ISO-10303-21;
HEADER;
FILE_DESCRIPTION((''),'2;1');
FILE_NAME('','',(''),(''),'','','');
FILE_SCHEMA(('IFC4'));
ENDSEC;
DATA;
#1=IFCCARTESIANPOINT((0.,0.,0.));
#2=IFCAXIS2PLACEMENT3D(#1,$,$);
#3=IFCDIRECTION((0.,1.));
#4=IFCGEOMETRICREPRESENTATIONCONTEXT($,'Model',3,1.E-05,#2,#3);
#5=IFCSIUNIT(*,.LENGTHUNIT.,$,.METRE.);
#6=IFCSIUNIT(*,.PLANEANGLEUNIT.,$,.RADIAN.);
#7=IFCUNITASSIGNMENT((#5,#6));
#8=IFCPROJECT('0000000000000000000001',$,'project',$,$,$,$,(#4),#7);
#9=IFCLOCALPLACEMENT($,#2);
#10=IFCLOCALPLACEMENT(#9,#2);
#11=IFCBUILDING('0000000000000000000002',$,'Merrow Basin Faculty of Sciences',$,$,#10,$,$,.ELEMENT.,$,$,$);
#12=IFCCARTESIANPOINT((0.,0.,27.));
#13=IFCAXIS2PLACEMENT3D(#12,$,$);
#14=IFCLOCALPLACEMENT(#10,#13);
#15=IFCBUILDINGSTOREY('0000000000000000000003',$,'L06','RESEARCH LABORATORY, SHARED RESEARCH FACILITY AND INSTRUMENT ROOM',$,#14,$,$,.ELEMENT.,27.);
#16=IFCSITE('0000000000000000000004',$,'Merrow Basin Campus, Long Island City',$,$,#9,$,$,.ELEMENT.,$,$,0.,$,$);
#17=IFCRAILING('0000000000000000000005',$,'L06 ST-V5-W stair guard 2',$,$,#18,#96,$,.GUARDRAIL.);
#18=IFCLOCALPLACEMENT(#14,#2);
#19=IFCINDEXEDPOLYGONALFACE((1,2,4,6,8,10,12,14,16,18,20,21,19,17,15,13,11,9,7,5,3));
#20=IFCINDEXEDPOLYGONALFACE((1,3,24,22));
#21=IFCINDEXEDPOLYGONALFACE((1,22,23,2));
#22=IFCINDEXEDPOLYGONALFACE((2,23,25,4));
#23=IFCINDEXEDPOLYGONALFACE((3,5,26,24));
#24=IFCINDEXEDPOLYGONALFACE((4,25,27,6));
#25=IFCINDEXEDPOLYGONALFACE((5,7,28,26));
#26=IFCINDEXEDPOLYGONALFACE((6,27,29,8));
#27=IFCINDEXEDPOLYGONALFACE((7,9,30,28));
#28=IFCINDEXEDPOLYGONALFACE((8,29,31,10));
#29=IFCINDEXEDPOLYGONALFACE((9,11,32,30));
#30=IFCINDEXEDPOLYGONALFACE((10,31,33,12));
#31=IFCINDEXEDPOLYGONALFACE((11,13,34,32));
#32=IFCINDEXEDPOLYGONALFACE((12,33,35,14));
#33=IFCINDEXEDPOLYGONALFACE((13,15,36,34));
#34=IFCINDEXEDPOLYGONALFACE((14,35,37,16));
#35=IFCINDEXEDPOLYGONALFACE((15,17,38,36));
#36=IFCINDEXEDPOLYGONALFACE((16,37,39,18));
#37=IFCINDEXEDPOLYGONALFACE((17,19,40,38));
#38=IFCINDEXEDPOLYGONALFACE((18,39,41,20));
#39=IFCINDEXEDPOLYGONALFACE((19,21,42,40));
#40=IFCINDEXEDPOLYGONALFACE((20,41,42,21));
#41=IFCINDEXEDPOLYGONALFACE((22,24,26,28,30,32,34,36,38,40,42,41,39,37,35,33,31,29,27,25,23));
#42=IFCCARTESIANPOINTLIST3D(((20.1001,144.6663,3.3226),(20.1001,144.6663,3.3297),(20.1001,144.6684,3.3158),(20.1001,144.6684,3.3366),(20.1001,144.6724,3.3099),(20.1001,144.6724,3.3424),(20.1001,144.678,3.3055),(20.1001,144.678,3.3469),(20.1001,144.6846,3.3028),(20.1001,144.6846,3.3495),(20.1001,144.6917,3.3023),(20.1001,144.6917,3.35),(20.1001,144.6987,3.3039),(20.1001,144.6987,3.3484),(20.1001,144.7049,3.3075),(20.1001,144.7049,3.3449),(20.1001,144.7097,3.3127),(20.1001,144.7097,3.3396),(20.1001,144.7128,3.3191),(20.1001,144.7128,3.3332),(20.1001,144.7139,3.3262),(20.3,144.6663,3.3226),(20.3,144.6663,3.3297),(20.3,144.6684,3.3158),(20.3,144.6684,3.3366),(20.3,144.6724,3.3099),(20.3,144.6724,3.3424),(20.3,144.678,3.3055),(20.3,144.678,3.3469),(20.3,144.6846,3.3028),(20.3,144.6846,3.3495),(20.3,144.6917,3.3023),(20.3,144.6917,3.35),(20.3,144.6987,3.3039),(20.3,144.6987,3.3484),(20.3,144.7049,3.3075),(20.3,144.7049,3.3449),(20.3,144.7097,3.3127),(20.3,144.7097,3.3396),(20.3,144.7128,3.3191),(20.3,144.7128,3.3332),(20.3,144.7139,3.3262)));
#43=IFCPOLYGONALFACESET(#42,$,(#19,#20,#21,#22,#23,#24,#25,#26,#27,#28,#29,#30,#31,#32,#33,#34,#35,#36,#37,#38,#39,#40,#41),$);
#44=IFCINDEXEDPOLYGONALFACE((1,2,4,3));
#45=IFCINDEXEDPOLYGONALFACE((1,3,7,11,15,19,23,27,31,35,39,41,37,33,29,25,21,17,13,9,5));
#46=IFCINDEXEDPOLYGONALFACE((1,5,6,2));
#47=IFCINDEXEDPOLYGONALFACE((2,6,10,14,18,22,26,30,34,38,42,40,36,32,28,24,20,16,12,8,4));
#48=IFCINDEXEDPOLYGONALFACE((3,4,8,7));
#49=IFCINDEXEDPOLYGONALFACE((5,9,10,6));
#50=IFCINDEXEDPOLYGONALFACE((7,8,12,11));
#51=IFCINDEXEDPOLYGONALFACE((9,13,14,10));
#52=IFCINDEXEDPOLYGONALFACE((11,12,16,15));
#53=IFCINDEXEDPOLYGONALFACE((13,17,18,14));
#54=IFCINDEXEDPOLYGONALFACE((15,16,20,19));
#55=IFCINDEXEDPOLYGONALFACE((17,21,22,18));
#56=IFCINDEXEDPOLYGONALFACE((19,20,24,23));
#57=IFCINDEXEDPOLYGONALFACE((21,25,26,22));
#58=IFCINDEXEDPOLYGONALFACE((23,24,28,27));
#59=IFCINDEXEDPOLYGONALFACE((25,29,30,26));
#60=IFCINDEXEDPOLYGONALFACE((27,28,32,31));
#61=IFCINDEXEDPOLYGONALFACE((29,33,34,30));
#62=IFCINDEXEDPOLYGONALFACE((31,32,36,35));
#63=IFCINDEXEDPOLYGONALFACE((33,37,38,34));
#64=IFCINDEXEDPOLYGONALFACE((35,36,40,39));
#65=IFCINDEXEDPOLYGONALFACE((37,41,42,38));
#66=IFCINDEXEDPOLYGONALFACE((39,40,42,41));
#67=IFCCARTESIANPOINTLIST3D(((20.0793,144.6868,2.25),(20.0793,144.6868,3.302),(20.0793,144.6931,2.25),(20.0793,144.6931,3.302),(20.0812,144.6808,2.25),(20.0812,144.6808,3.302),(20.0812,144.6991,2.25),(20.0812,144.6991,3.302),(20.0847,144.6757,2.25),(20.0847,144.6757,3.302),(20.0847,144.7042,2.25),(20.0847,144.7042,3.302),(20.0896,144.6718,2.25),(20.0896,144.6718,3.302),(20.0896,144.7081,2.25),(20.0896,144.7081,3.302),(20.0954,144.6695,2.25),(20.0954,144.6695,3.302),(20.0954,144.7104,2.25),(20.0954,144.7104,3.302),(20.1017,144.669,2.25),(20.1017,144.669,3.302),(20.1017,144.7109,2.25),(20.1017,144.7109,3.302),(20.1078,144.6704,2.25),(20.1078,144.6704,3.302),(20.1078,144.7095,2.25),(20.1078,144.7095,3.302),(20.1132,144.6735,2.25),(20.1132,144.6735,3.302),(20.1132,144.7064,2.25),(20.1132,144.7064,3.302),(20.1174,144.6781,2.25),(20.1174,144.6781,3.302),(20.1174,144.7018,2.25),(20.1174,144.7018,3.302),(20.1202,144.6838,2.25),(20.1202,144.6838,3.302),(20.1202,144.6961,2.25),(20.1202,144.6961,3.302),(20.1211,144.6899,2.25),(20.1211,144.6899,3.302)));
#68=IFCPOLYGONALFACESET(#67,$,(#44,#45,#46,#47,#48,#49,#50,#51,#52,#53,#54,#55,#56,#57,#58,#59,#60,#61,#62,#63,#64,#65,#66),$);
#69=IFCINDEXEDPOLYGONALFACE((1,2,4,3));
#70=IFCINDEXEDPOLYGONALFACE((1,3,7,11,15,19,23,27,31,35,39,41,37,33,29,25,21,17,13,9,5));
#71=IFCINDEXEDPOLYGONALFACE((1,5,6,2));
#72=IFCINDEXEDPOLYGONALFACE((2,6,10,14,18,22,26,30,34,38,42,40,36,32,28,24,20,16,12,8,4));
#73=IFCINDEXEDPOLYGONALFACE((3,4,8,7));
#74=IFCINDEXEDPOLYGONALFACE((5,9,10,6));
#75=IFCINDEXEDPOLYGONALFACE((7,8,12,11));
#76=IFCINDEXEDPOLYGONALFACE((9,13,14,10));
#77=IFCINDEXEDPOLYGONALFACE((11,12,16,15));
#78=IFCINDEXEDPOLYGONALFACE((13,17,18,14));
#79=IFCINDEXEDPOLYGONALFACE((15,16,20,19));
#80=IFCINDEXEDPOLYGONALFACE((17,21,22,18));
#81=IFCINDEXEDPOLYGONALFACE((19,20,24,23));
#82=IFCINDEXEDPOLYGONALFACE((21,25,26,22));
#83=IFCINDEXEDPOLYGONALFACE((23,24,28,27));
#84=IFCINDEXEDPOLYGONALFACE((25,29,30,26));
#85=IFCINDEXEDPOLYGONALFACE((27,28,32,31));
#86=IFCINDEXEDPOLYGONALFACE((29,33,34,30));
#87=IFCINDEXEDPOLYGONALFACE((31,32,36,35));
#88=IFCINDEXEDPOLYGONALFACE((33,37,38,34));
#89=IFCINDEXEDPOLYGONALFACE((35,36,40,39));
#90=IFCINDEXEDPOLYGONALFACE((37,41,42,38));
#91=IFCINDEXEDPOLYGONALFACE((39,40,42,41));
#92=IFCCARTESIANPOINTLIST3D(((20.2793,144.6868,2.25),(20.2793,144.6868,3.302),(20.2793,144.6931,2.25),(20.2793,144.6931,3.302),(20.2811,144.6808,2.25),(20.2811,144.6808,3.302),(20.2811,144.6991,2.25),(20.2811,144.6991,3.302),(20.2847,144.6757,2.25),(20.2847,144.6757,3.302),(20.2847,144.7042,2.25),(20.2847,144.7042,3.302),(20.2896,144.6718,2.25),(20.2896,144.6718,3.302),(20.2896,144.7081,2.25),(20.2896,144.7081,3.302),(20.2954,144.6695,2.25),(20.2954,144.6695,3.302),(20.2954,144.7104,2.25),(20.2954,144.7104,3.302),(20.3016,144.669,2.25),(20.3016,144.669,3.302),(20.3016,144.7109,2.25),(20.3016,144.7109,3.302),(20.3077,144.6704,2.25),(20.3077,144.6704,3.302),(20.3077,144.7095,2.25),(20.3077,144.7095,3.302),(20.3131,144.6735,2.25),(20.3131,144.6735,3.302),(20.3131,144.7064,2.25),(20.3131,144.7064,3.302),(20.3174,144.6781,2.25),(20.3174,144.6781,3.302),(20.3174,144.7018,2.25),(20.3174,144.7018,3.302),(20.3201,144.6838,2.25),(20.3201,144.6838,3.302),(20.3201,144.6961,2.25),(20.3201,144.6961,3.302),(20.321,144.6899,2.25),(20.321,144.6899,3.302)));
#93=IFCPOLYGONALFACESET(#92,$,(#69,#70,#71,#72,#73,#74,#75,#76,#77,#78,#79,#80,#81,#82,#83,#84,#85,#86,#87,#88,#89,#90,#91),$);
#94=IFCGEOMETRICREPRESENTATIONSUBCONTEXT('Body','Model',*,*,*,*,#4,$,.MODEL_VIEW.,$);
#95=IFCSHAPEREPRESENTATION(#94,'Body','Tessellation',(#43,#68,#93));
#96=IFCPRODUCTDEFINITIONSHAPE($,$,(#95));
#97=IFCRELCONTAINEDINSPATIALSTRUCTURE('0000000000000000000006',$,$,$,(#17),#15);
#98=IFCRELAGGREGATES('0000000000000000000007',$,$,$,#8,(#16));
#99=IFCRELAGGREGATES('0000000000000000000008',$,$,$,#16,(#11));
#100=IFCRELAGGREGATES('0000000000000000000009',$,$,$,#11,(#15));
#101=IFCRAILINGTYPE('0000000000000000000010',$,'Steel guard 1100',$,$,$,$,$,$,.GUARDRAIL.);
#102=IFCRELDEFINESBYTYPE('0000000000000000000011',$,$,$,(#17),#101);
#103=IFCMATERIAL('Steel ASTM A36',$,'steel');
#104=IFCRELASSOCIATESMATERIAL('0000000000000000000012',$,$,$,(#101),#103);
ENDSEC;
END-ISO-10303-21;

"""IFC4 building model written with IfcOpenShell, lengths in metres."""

from ifc_helpers import new_model, si_unit, direction, frame, origin, origin_2d, place, context, subcontext, project, spatial, circle, extrude, material, type_object, element, save


model = new_model("IFC4")

# Units and contexts
model_context = context("Model", 3, precision=1e-05, world=origin(), true_north=direction((0.0, 1.0)))
body_context = subcontext(model_context, "Body", "Model", "MODEL_VIEW")
ifc_project = project(units=[si_unit("LENGTHUNIT", "METRE"), si_unit("PLANEANGLEUNIT", "RADIAN")], contexts=[model_context])

# Site, building, storey
site_placement = place(None, origin())
site = spatial("IfcSite", under=ifc_project, at=site_placement, Name="Merrow Basin Campus, Long Island City", CompositionType="ELEMENT", RefElevation=0.0)
building_placement = place(site_placement, origin())
building = spatial("IfcBuilding", under=site, at=building_placement, Name="Merrow Basin Faculty of Sciences", CompositionType="ELEMENT")
storey_placement = place(building_placement, frame((0.0, 0.0, 27.0)))
storey = spatial("IfcBuildingStorey", under=building, at=storey_placement, Name="L06", Description="RESEARCH LABORATORY, SHARED RESEARCH FACILITY AND INSTRUMENT ROOM", CompositionType="ELEMENT", Elevation=27.0)

# Railing
ifc_material_1 = material(Name="Steel ASTM A36", Category="steel")
railing_type_1 = type_object("IfcRailingType", Name="Steel guard 1100", PredefinedType="GUARDRAIL", material=ifc_material_1)
railing_1_placement = place(storey_placement, frame((20.1001, 144.6899, 2.25)))
element("IfcRailing", 1, at=railing_1_placement, inside=storey, type_object=railing_type_1, Name="L06 ST-V5-W stair guard 2", PredefinedType="GUARDRAIL", context=body_context, shape_type="SweptSolid", body=[
    extrude(circle(Radius=0.0239, at=origin_2d()), frame((0.0, 0.0, 1.0762), z_axis=(1.0, 0.0, 0.0), x_axis=(0.0, 1.0, 0.0)), (0.0, 0.0, 1.0), 0.2),
    extrude(circle(Radius=0.021, at=origin_2d()), origin(), (0.0, 0.0, 1.0), 1.052),
    extrude(circle(Radius=0.021, at=origin_2d()), frame((0.2, 0.0, 0.0)), (0.0, 0.0, 1.0), 1.052),
])

save(model, "model.ifc")
